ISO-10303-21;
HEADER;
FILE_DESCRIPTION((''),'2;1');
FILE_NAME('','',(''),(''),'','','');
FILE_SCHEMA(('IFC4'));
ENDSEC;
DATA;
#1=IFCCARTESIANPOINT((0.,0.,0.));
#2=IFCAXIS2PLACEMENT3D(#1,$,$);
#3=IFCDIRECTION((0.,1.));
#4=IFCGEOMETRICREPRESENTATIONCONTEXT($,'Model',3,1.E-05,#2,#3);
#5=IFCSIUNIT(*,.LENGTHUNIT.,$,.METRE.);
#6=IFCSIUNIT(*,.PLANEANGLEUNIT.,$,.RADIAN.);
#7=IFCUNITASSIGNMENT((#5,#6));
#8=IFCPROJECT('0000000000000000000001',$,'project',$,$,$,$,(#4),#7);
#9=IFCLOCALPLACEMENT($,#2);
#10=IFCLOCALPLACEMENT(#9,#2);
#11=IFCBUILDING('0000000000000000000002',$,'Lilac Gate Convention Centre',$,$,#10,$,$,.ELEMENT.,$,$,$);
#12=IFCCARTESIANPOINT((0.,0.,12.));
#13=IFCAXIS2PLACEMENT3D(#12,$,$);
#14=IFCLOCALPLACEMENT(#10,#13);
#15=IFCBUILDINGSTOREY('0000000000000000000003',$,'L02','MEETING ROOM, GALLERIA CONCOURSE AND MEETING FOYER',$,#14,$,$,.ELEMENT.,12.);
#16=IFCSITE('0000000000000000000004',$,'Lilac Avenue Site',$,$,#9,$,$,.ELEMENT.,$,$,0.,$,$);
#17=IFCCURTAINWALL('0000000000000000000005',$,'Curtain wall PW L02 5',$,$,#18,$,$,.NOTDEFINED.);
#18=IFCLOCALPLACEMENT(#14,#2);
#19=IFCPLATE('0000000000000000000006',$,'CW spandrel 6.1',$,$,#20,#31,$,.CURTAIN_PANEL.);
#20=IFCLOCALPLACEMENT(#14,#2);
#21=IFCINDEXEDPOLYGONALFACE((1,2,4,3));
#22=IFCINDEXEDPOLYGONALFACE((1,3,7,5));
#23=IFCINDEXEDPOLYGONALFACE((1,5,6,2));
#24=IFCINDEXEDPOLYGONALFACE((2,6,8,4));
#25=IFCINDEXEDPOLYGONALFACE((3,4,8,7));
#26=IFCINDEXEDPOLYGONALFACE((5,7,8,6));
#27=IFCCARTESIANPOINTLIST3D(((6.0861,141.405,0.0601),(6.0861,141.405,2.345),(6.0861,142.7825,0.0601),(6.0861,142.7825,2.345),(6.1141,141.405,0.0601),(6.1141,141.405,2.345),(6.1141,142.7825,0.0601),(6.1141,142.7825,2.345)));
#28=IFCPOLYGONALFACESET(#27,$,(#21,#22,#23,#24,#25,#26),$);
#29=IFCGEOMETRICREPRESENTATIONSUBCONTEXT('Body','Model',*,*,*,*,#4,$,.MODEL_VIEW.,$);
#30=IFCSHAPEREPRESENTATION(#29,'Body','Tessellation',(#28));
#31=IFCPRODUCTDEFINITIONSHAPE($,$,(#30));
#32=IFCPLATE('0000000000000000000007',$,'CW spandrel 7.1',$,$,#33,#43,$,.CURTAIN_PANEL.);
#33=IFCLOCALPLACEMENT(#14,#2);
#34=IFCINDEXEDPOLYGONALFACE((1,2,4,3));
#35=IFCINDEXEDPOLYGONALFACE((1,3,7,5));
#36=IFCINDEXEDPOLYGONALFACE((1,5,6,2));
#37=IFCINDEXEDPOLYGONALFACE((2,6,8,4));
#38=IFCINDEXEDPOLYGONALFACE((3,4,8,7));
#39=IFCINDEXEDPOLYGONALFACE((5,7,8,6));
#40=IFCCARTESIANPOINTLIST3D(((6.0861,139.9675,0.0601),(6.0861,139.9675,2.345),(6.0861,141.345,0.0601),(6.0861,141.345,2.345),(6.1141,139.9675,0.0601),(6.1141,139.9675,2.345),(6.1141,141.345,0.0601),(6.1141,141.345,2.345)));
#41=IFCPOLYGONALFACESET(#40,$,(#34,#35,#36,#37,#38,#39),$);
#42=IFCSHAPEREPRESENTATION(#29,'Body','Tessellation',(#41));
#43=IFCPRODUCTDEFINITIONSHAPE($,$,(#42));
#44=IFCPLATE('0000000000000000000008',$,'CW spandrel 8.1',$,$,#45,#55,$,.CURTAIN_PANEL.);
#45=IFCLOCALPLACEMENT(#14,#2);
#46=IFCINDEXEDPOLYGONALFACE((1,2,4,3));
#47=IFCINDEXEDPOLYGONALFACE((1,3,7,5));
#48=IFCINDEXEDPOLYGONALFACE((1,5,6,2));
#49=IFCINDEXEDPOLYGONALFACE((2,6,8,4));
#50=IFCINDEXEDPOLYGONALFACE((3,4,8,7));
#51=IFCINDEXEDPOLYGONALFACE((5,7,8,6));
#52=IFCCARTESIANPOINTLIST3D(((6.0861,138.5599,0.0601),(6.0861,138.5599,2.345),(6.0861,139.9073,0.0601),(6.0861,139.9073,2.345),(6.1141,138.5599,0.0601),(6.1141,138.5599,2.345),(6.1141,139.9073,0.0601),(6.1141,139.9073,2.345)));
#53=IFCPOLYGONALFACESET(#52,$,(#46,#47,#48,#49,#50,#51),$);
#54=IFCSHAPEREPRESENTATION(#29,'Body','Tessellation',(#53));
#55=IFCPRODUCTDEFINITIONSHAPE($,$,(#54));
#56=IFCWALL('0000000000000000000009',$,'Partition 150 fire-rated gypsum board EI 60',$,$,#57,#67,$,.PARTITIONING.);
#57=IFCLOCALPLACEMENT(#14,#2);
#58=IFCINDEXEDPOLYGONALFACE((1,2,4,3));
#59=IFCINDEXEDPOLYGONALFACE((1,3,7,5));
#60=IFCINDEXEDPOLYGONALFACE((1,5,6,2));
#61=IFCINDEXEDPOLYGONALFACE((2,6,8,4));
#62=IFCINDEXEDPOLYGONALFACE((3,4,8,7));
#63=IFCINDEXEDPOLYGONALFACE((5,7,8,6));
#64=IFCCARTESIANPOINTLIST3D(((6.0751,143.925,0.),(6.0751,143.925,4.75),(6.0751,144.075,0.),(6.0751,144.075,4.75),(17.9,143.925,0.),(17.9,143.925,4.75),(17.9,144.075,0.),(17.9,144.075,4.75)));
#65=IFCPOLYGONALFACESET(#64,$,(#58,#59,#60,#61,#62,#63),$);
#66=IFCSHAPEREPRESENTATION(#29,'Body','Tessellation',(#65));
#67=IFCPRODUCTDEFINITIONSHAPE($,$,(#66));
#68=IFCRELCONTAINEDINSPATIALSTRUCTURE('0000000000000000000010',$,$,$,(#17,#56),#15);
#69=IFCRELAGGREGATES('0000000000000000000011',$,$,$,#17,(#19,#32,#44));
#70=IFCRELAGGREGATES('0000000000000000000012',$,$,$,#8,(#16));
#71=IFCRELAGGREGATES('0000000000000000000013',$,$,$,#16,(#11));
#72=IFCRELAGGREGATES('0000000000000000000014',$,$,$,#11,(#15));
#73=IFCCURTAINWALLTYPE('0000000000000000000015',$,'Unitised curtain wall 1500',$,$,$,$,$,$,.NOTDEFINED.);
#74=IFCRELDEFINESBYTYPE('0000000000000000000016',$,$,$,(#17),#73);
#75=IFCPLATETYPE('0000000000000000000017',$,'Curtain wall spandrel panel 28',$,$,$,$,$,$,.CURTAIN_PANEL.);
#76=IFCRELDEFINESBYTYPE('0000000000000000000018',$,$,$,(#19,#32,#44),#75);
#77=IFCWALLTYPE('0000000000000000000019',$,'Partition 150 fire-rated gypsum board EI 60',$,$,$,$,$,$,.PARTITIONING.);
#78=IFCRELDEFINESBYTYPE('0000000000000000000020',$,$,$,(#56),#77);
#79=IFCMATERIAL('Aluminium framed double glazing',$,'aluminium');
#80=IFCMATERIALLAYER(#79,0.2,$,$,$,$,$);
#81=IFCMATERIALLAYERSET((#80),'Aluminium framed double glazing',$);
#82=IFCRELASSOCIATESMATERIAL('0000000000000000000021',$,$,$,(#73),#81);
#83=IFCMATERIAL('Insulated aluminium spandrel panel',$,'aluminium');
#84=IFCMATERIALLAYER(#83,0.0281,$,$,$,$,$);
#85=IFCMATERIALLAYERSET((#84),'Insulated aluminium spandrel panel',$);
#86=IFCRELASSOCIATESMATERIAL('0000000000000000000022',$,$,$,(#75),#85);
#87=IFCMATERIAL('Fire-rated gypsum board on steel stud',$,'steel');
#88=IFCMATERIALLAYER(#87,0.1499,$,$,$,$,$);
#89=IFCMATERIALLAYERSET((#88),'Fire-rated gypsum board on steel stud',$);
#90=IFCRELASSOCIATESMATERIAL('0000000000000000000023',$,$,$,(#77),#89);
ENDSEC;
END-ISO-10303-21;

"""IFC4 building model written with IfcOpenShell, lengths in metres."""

from ifc_helpers import new_model, si_unit, direction, frame, frame_2d, origin, origin_2d, place, context, subcontext, project, spatial, rectangle, extrude, material, layer, layer_set, type_object, element, aggregate, save


model = new_model("IFC4")

# Units and contexts
model_context = context("Model", 3, precision=1e-05, world=origin(), true_north=direction((0.0, 1.0)))
body_context = subcontext(model_context, "Body", "Model", "MODEL_VIEW")
ifc_project = project(units=[si_unit("LENGTHUNIT", "METRE"), si_unit("PLANEANGLEUNIT", "RADIAN")], contexts=[model_context])

# Site, building, storey
site_placement = place(None, origin())
site = spatial("IfcSite", under=ifc_project, at=site_placement, Name="Lilac Avenue Site", CompositionType="ELEMENT", RefElevation=0.0)
building_placement = place(site_placement, origin())
building = spatial("IfcBuilding", under=site, at=building_placement, Name="Lilac Gate Convention Centre", CompositionType="ELEMENT")
storey_placement = place(building_placement, frame((0.0, 0.0, 12.0)))
storey = spatial("IfcBuildingStorey", under=building, at=storey_placement, Name="L02", Description="MEETING ROOM, GALLERIA CONCOURSE AND MEETING FOYER", CompositionType="ELEMENT", Elevation=12.0)

# Curtain wall
ifc_material_1 = material(Name="Aluminium framed double glazing", Category="aluminium")
ifc_layer_1 = layer(ifc_material_1, 0.2)
ifc_layer_set_1 = layer_set([ifc_layer_1], Name="Aluminium framed double glazing")
curtain_wall_type = type_object("IfcCurtainWallType", Name="Unitised curtain wall 1500", PredefinedType="NOTDEFINED", material=ifc_layer_set_1)
curtain_wall_placement = place(storey_placement, origin())
curtain_wall = element("IfcCurtainWall", 1, at=curtain_wall_placement, inside=storey, type_object=curtain_wall_type, Name="Curtain wall PW L02 5", PredefinedType="NOTDEFINED")

# Plates
ifc_material_2 = material(Name="Insulated aluminium spandrel panel", Category="aluminium")
ifc_layer_2 = layer(ifc_material_2, 0.0281)
ifc_layer_set_2 = layer_set([ifc_layer_2], Name="Insulated aluminium spandrel panel")
plate_type_1 = type_object("IfcPlateType", Name="Curtain wall spandrel panel 28", PredefinedType="CURTAIN_PANEL", material=ifc_layer_set_2)
plate_1_placement = place(storey_placement, frame((6.1001, 142.0938, 0.0601), z_axis=(0.0, 0.0, 1.0), x_axis=(0.0, -1.0, 0.0)))
plate_1 = element("IfcPlate", 2, at=plate_1_placement, type_object=plate_type_1, Name="CW spandrel 6.1", PredefinedType="CURTAIN_PANEL", context=body_context, shape_type="SweptSolid", body=[
    extrude(rectangle(XDim=1.3774, YDim=0.0281, at=origin_2d()), origin(), (0.0, 0.0, 1.0), 2.2849),
])
plate_2_placement = place(storey_placement, frame((6.1001, 140.6562, 0.0601), z_axis=(0.0, 0.0, 1.0), x_axis=(0.0, -1.0, 0.0)))
plate_2 = element("IfcPlate", 3, at=plate_2_placement, type_object=plate_type_1, Name="CW spandrel 7.1", PredefinedType="CURTAIN_PANEL", context=body_context, shape_type="SweptSolid", body=[
    extrude(rectangle(XDim=1.3774, YDim=0.0281, at=origin_2d()), origin(), (0.0, 0.0, 1.0), 2.2849),
])
plate_3_placement = place(storey_placement, frame((6.1001, 139.2336, 0.0601), z_axis=(0.0, 0.0, 1.0), x_axis=(0.0, -1.0, 0.0)))
plate_3 = element("IfcPlate", 4, at=plate_3_placement, type_object=plate_type_1, Name="CW spandrel 8.1", PredefinedType="CURTAIN_PANEL", context=body_context, shape_type="SweptSolid", body=[
    extrude(rectangle(XDim=1.3474, YDim=0.0281, at=origin_2d()), origin(), (0.0, 0.0, 1.0), 2.2849),
])
aggregate(curtain_wall, [plate_1, plate_2, plate_3])

# Wall
ifc_material_3 = material(Name="Fire-rated gypsum board on steel stud", Category="steel")
ifc_layer_3 = layer(ifc_material_3, 0.1499)
ifc_layer_set_3 = layer_set([ifc_layer_3], Name="Fire-rated gypsum board on steel stud")
wall_type = type_object("IfcWallType", Name="Partition 150 fire-rated gypsum board EI 60", PredefinedType="PARTITIONING", material=ifc_layer_set_3)
wall_placement = place(storey_placement, frame((6.075, 144.0, 0.0), z_axis=(0.0, 0.0, 1.0), x_axis=(1.0, 0.0, 0.0)))
element("IfcWall", 5, at=wall_placement, inside=storey, type_object=wall_type, Name="Partition 150 fire-rated gypsum board EI 60", PredefinedType="PARTITIONING", context=body_context, shape_type="SweptSolid", body=[
    extrude(rectangle(XDim=11.825, YDim=0.1499, at=frame_2d((5.9126, 0.0))), origin(), (0.0, 0.0, 1.0), 4.75),
])

save(model, "model.ifc")
